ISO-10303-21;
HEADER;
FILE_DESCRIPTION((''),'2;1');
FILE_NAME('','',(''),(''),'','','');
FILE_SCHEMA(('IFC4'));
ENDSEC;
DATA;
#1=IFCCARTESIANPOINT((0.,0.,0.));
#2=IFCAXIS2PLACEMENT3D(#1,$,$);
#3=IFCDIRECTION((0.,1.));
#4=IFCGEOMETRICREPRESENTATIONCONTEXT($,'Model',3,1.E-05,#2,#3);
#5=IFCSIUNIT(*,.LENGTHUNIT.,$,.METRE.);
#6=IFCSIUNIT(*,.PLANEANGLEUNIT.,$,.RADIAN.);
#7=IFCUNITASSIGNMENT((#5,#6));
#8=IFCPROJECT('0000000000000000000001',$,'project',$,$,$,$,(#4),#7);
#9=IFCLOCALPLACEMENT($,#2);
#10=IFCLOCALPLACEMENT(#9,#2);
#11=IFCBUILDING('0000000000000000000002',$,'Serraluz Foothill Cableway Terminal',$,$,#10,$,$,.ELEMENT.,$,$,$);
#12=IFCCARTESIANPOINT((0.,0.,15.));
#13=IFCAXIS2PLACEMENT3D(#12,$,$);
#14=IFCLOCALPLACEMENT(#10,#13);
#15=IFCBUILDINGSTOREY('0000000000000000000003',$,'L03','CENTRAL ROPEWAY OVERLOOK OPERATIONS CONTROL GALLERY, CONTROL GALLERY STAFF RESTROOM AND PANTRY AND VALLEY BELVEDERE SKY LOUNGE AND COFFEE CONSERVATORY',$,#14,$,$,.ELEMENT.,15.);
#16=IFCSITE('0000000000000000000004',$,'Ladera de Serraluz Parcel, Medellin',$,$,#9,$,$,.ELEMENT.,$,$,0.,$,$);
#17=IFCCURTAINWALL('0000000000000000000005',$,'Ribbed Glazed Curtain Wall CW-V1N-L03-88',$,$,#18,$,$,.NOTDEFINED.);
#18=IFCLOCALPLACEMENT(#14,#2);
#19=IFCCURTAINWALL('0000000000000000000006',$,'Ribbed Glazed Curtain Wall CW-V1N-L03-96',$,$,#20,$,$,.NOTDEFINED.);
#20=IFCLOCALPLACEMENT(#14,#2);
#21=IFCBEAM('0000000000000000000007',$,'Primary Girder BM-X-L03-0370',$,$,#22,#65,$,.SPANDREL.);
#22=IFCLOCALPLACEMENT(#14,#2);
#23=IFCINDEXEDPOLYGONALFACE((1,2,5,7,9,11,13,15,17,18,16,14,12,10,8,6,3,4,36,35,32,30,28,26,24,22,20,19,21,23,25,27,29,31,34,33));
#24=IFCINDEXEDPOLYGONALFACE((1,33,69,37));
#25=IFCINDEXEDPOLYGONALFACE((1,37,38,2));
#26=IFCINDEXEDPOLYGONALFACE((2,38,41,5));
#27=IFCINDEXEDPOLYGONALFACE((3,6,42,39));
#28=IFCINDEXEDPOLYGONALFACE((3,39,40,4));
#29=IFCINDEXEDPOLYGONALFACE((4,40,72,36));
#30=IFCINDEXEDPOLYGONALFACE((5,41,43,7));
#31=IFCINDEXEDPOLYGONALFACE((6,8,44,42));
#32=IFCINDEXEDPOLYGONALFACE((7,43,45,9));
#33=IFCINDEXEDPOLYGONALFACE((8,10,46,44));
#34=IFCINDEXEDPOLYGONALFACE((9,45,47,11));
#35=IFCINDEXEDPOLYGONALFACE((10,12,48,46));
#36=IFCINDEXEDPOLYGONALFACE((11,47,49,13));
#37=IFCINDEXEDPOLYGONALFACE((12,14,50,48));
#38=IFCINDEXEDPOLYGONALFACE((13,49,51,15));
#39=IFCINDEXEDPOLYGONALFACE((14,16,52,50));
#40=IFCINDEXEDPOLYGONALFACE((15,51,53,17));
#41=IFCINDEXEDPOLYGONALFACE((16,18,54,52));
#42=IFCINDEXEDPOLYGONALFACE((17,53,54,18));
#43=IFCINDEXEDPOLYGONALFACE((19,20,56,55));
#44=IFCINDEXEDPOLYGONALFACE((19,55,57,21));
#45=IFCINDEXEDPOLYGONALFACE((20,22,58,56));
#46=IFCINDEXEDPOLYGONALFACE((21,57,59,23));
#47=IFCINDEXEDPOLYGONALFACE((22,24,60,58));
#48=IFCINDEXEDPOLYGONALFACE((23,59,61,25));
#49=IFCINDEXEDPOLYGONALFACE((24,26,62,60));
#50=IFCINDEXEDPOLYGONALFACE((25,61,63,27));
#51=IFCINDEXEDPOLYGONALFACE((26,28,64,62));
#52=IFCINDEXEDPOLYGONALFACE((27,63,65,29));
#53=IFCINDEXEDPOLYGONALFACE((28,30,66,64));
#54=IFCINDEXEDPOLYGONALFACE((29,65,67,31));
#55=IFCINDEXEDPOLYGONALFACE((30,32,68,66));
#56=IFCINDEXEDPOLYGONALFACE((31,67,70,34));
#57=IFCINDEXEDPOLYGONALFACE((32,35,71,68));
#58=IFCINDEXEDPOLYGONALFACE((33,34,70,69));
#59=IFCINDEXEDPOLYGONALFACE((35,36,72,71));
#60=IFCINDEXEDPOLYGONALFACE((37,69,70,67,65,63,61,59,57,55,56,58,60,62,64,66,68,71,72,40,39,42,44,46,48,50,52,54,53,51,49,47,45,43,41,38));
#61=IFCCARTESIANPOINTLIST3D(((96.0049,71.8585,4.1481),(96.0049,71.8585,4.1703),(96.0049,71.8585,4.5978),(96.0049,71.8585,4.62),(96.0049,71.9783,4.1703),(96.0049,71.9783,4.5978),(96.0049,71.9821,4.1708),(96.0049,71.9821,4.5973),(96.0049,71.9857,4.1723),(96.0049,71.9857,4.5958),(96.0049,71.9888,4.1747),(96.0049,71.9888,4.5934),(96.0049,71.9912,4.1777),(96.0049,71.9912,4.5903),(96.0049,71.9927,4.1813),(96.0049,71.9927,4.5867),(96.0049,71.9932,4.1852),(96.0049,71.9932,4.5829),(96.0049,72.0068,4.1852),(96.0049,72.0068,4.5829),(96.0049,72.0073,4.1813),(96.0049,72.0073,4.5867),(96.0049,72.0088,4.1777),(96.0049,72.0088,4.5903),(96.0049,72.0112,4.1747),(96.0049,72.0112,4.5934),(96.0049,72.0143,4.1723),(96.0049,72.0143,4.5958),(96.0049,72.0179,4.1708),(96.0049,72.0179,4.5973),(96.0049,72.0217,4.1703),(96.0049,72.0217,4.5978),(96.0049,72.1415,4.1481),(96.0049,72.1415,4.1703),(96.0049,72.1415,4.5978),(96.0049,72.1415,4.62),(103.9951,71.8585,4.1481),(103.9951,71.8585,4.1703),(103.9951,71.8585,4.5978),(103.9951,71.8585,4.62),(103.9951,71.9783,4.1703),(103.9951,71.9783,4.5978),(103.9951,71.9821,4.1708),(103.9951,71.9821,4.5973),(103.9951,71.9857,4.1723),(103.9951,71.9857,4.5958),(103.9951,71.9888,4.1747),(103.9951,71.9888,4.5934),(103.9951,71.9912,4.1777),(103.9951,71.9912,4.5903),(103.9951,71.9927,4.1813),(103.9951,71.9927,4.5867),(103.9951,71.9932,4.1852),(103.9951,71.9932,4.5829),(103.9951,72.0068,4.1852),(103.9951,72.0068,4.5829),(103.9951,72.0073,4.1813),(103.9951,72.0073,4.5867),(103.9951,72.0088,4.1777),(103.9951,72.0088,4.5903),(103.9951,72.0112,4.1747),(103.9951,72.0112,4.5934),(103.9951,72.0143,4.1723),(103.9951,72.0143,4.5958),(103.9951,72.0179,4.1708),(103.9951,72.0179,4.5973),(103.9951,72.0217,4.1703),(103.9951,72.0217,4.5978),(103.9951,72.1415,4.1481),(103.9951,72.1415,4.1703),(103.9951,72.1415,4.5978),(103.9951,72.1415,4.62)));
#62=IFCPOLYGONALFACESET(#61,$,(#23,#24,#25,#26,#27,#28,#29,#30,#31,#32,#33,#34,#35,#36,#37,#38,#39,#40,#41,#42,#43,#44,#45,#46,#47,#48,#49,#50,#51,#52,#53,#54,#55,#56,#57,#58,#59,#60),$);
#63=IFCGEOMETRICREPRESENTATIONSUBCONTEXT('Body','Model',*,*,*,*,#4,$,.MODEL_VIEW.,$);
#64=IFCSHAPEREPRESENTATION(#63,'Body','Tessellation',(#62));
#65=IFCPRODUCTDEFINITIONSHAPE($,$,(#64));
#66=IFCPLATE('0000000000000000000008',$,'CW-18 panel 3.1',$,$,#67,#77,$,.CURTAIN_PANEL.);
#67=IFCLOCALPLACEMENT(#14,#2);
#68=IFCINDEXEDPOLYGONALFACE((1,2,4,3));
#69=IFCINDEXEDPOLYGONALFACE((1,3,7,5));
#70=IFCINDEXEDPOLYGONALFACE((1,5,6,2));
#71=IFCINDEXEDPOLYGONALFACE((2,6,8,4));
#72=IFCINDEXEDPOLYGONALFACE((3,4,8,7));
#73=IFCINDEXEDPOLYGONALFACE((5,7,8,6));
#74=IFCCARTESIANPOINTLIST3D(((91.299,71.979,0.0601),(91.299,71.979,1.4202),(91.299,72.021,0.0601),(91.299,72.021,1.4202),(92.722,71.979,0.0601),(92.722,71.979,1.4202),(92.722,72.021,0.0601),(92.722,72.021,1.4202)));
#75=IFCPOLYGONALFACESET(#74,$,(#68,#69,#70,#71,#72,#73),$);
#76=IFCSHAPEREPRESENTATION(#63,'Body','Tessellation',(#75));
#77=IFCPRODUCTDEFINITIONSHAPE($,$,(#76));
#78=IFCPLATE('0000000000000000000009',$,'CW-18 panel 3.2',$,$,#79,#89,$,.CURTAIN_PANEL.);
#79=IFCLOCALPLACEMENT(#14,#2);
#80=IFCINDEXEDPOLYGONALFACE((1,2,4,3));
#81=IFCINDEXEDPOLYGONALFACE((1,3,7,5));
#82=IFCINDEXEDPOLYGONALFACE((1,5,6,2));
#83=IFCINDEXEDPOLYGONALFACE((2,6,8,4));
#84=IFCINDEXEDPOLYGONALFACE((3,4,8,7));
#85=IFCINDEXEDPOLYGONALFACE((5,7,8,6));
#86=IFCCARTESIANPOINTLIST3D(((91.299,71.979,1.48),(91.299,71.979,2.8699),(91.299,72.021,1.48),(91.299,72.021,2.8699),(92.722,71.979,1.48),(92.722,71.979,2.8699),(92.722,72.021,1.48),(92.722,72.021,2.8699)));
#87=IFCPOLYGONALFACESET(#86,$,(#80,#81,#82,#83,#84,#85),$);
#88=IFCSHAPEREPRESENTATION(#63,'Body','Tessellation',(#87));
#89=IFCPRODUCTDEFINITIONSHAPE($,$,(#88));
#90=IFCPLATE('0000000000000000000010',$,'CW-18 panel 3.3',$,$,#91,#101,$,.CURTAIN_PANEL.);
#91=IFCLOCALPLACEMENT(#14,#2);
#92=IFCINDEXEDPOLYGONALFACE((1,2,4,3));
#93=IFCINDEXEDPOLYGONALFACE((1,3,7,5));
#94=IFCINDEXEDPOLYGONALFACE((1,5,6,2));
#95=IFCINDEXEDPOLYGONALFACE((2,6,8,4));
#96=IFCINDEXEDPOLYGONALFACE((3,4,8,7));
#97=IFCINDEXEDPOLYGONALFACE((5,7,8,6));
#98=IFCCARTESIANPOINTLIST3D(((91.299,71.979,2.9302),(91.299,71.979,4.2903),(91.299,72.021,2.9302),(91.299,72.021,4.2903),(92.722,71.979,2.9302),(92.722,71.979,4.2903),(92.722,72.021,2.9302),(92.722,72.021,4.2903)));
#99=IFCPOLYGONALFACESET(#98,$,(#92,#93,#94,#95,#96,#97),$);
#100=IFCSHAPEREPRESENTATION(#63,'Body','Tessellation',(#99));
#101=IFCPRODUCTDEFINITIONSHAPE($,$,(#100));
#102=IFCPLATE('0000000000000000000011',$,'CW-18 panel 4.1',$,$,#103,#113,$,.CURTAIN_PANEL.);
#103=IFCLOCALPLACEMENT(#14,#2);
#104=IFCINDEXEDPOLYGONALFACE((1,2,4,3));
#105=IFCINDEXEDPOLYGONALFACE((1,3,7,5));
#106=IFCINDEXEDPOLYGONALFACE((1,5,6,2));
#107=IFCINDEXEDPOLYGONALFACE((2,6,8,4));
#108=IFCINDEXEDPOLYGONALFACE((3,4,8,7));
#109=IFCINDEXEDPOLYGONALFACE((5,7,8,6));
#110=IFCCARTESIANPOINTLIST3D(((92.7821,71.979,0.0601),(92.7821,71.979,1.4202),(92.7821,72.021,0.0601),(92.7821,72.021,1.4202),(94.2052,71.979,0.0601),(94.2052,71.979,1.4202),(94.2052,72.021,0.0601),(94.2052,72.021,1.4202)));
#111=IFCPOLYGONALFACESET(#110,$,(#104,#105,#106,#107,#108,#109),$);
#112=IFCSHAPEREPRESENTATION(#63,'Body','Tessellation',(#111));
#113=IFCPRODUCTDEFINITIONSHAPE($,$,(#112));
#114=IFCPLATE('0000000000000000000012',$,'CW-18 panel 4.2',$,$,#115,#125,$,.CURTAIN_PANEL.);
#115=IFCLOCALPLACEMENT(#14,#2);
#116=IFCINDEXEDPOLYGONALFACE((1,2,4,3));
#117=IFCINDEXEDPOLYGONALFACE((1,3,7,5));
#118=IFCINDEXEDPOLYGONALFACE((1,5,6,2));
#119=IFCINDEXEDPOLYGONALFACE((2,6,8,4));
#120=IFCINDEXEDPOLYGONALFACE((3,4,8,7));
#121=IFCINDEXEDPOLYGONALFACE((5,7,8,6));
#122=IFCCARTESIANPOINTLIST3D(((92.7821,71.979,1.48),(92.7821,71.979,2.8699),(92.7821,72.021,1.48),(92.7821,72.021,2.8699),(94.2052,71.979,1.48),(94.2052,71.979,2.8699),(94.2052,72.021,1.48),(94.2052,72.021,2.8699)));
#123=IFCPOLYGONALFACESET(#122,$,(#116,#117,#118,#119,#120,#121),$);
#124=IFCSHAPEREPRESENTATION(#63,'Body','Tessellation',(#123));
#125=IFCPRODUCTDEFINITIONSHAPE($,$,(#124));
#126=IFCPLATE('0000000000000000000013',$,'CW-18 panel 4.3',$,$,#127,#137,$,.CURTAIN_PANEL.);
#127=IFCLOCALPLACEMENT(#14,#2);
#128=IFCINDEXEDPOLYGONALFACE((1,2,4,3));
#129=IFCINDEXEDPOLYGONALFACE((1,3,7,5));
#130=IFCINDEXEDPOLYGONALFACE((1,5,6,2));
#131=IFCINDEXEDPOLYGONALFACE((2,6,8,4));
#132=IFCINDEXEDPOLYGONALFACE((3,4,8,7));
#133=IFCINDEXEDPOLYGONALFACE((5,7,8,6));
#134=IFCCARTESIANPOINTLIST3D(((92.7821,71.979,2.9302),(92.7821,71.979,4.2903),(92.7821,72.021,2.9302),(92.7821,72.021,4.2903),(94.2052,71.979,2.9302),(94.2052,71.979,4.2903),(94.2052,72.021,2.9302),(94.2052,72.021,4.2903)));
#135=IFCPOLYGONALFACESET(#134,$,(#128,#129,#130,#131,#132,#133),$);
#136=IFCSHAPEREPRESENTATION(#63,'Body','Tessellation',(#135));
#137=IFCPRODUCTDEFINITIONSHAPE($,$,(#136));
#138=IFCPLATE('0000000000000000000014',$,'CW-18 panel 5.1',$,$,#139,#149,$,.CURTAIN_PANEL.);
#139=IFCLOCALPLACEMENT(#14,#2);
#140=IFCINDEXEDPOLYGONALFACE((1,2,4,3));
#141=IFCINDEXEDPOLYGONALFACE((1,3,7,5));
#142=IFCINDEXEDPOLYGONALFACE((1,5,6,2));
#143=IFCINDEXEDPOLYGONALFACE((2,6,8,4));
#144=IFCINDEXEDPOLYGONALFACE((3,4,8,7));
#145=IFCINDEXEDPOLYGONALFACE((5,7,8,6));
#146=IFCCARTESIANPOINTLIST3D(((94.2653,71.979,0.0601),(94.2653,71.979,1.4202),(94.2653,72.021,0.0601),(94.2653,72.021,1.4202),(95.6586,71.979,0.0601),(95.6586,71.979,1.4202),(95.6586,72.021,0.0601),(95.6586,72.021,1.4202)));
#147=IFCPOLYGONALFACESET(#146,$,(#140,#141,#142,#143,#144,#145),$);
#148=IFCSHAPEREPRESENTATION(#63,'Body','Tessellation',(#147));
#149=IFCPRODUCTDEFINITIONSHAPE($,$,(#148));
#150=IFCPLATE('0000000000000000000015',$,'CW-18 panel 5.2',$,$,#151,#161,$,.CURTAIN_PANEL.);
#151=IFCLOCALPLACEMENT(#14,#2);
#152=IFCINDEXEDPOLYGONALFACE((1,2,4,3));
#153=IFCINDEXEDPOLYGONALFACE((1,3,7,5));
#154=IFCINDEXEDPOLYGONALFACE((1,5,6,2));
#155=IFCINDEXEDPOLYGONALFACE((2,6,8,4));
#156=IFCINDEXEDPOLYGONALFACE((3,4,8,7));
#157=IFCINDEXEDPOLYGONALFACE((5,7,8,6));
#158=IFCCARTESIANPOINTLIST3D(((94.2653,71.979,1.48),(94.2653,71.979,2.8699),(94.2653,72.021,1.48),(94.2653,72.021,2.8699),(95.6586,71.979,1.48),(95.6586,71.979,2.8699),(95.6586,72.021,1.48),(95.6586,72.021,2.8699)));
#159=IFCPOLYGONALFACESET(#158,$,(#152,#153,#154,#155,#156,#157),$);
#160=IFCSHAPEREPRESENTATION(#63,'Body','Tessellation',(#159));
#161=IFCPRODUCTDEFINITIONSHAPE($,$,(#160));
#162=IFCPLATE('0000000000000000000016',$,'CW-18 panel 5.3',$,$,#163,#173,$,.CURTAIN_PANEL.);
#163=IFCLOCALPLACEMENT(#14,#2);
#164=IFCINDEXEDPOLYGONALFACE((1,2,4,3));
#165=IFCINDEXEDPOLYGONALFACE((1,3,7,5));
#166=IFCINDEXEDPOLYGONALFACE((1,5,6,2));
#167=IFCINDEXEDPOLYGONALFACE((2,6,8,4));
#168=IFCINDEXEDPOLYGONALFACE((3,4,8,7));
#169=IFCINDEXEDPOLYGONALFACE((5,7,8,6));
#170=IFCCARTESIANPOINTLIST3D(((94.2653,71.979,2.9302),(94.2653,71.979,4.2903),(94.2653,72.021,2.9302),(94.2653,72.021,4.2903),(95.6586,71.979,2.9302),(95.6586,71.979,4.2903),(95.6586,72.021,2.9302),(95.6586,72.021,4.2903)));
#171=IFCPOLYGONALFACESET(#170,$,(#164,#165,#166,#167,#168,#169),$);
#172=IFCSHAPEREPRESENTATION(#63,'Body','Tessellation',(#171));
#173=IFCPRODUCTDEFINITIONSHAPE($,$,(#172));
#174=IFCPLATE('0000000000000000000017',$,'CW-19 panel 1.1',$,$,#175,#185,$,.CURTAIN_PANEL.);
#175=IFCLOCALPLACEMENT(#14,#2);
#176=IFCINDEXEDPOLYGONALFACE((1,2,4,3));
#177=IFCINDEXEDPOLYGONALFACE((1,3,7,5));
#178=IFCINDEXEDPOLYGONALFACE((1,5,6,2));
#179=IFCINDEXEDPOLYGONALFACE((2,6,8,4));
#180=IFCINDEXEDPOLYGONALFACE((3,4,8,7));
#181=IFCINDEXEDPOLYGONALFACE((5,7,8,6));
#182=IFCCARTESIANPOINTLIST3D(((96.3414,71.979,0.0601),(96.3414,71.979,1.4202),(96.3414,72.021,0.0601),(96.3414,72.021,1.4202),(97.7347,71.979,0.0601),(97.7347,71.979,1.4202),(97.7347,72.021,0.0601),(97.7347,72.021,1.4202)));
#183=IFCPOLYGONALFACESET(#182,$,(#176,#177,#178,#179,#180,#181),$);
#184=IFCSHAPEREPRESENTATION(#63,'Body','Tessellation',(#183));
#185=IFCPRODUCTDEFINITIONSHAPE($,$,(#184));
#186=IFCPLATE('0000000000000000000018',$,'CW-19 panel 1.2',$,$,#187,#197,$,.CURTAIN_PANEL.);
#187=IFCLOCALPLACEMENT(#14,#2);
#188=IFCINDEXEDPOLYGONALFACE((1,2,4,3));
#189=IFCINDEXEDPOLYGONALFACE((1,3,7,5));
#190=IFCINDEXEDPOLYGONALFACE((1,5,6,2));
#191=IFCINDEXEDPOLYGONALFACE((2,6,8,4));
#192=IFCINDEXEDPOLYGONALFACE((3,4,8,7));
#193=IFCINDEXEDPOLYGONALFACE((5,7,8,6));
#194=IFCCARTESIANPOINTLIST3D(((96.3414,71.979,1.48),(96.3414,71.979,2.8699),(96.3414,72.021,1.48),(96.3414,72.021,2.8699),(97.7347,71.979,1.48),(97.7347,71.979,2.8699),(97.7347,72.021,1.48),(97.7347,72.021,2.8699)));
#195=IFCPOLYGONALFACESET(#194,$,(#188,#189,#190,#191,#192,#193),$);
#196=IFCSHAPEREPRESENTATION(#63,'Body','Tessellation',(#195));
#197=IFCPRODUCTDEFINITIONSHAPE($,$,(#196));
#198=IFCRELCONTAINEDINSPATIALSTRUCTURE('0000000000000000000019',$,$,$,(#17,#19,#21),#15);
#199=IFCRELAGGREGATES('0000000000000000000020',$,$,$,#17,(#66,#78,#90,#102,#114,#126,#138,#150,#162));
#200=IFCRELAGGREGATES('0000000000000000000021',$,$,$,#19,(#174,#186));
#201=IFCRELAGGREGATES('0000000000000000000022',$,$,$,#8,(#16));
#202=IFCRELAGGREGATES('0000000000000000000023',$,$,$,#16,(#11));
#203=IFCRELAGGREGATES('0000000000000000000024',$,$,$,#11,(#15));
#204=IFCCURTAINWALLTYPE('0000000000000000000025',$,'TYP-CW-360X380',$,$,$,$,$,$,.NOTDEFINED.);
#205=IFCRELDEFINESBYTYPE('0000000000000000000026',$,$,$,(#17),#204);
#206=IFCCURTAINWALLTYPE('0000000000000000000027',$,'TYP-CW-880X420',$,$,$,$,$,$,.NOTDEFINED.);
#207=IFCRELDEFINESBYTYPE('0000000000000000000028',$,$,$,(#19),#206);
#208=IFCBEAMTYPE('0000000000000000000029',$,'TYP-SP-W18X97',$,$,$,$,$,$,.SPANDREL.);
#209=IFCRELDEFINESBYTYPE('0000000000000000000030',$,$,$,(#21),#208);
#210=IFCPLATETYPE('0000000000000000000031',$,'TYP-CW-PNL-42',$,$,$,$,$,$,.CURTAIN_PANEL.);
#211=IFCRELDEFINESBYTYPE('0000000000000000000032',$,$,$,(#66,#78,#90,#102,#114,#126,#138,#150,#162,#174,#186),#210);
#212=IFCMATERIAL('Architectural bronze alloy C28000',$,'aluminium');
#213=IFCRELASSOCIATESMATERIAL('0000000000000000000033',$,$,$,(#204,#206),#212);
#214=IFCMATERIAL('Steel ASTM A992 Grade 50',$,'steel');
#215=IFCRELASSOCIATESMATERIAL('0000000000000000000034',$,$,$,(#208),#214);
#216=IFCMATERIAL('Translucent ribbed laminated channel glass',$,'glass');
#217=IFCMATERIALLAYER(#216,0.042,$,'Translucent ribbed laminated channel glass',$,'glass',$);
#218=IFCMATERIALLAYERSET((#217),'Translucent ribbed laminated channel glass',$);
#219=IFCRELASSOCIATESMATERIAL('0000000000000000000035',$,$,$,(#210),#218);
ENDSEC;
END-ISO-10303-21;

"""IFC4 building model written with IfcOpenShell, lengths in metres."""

from ifc_helpers import new_model, si_unit, direction, frame, origin, origin_2d, place, context, subcontext, project, spatial, rectangle, i_section, extrude, material, layer, layer_set, material_profile, profile_set, type_object, element, aggregate, save


model = new_model("IFC4")

# Units and contexts
model_context = context("Model", 3, precision=1e-05, world=origin(), true_north=direction((0.0, 1.0)))
body_context = subcontext(model_context, "Body", "Model", "MODEL_VIEW")
ifc_project = project(units=[si_unit("LENGTHUNIT", "METRE"), si_unit("PLANEANGLEUNIT", "RADIAN")], contexts=[model_context])

# Site, building, storey
site_placement = place(None, origin())
site = spatial("IfcSite", under=ifc_project, at=site_placement, Name="Ladera de Serraluz Parcel, Medellin", CompositionType="ELEMENT", RefElevation=0.0)
building_placement = place(site_placement, origin())
building = spatial("IfcBuilding", under=site, at=building_placement, Name="Serraluz Foothill Cableway Terminal", CompositionType="ELEMENT")
storey_placement = place(building_placement, frame((0.0, 0.0, 15.0)))
storey = spatial("IfcBuildingStorey", under=building, at=storey_placement, Name="L03", Description="CENTRAL ROPEWAY OVERLOOK OPERATIONS CONTROL GALLERY, CONTROL GALLERY STAFF RESTROOM AND PANTRY AND VALLEY BELVEDERE SKY LOUNGE AND COFFEE CONSERVATORY", CompositionType="ELEMENT", Elevation=15.0)

# Shared definitions
ifc_material_1 = material(Name="Steel ASTM A992 Grade 50", Category="steel")

# Curtain walls
ifc_material_2 = material(Name="Architectural bronze alloy C28000", Category="aluminium")
curtain_wall_type_1 = type_object("IfcCurtainWallType", Name="TYP-CW-360X380", PredefinedType="NOTDEFINED", material=ifc_material_2)
curtain_wall_1_placement = place(storey_placement, origin())
curtain_wall_1 = element("IfcCurtainWall", 1, at=curtain_wall_1_placement, inside=storey, type_object=curtain_wall_type_1, Name="Ribbed Glazed Curtain Wall CW-V1N-L03-88", PredefinedType="NOTDEFINED")
curtain_wall_type_2 = type_object("IfcCurtainWallType", Name="TYP-CW-880X420", PredefinedType="NOTDEFINED", material=ifc_material_2)
curtain_wall_2_placement = place(storey_placement, origin())
curtain_wall_2 = element("IfcCurtainWall", 2, at=curtain_wall_2_placement, inside=storey, type_object=curtain_wall_type_2, Name="Ribbed Glazed Curtain Wall CW-V1N-L03-96", PredefinedType="NOTDEFINED")

# Beam
ifc_material_profile_1 = material_profile(ifc_material_1, i_section(OverallWidth=0.283, OverallDepth=0.4719, WebThickness=0.0137, FlangeThickness=0.0222, FilletRadius=0.0149, at=origin_2d()), Name="W18X97")
ifc_profile_set_1 = profile_set([ifc_material_profile_1], Name="Steel ASTM A992 Grade 50")
beam_type = type_object("IfcBeamType", Name="TYP-SP-W18X97", PredefinedType="SPANDREL", material=ifc_profile_set_1)
beam_placement = place(storey_placement, frame((96.0049, 72.0, 4.384), z_axis=(1.0, 0.0, 0.0), x_axis=(0.0, 1.0, 0.0)))
element("IfcBeam", 3, at=beam_placement, inside=storey, type_object=beam_type, Name="Primary Girder BM-X-L03-0370", PredefinedType="SPANDREL", context=body_context, shape_type="SweptSolid", body=[
    extrude(i_section(OverallWidth=0.283, OverallDepth=0.4719, WebThickness=0.0137, FlangeThickness=0.0222, FilletRadius=0.0149, at=origin_2d()), origin(), (0.0, 0.0, 1.0), 7.9902),
])

# Plates
ifc_material_3 = material(Name="Translucent ribbed laminated channel glass", Category="glass")
ifc_layer = layer(ifc_material_3, 0.042, Name="Translucent ribbed laminated channel glass", Category="glass")
ifc_layer_set = layer_set([ifc_layer], Name="Translucent ribbed laminated channel glass")
plate_type = type_object("IfcPlateType", Name="TYP-CW-PNL-42", PredefinedType="CURTAIN_PANEL", material=ifc_layer_set)
plate_1_placement = place(storey_placement, frame((92.0105, 72.0, 0.0601), z_axis=(0.0, 0.0, 1.0), x_axis=(1.0, 0.0, 0.0)))
plate_1 = element("IfcPlate", 4, at=plate_1_placement, type_object=plate_type, Name="CW-18 panel 3.1", PredefinedType="CURTAIN_PANEL", context=body_context, shape_type="SweptSolid", body=[
    extrude(rectangle(XDim=1.4231, YDim=0.042, at=origin_2d()), origin(), (0.0, 0.0, 1.0), 1.3601),
])
plate_2_placement = place(storey_placement, frame((92.0105, 72.0, 1.48), z_axis=(0.0, 0.0, 1.0), x_axis=(1.0, 0.0, 0.0)))
plate_2 = element("IfcPlate", 5, at=plate_2_placement, type_object=plate_type, Name="CW-18 panel 3.2", PredefinedType="CURTAIN_PANEL", context=body_context, shape_type="SweptSolid", body=[
    extrude(rectangle(XDim=1.4231, YDim=0.042, at=origin_2d()), origin(), (0.0, 0.0, 1.0), 1.3899),
])
plate_3_placement = place(storey_placement, frame((92.0105, 72.0, 2.9302), z_axis=(0.0, 0.0, 1.0), x_axis=(1.0, 0.0, 0.0)))
plate_3 = element("IfcPlate", 6, at=plate_3_placement, type_object=plate_type, Name="CW-18 panel 3.3", PredefinedType="CURTAIN_PANEL", context=body_context, shape_type="SweptSolid", body=[
    extrude(rectangle(XDim=1.4231, YDim=0.042, at=origin_2d()), origin(), (0.0, 0.0, 1.0), 1.3601),
])
plate_4_placement = place(storey_placement, frame((93.4937, 72.0, 0.0601), z_axis=(0.0, 0.0, 1.0), x_axis=(1.0, 0.0, 0.0)))
plate_4 = element("IfcPlate", 7, at=plate_4_placement, type_object=plate_type, Name="CW-18 panel 4.1", PredefinedType="CURTAIN_PANEL", context=body_context, shape_type="SweptSolid", body=[
    extrude(rectangle(XDim=1.4231, YDim=0.042, at=origin_2d()), origin(), (0.0, 0.0, 1.0), 1.3601),
])
plate_5_placement = place(storey_placement, frame((93.4937, 72.0, 1.48), z_axis=(0.0, 0.0, 1.0), x_axis=(1.0, 0.0, 0.0)))
plate_5 = element("IfcPlate", 8, at=plate_5_placement, type_object=plate_type, Name="CW-18 panel 4.2", PredefinedType="CURTAIN_PANEL", context=body_context, shape_type="SweptSolid", body=[
    extrude(rectangle(XDim=1.4231, YDim=0.042, at=origin_2d()), origin(), (0.0, 0.0, 1.0), 1.3899),
])
plate_6_placement = place(storey_placement, frame((93.4937, 72.0, 2.9302), z_axis=(0.0, 0.0, 1.0), x_axis=(1.0, 0.0, 0.0)))
plate_6 = element("IfcPlate", 9, at=plate_6_placement, type_object=plate_type, Name="CW-18 panel 4.3", PredefinedType="CURTAIN_PANEL", context=body_context, shape_type="SweptSolid", body=[
    extrude(rectangle(XDim=1.4231, YDim=0.042, at=origin_2d()), origin(), (0.0, 0.0, 1.0), 1.3601),
])
plate_7_placement = place(storey_placement, frame((94.9619, 72.0, 0.0601), z_axis=(0.0, 0.0, 1.0), x_axis=(1.0, 0.0, 0.0)))
plate_7 = element("IfcPlate", 10, at=plate_7_placement, type_object=plate_type, Name="CW-18 panel 5.1", PredefinedType="CURTAIN_PANEL", context=body_context, shape_type="SweptSolid", body=[
    extrude(rectangle(XDim=1.3933, YDim=0.042, at=origin_2d()), origin(), (0.0, 0.0, 1.0), 1.3601),
])
plate_8_placement = place(storey_placement, frame((94.9619, 72.0, 1.48), z_axis=(0.0, 0.0, 1.0), x_axis=(1.0, 0.0, 0.0)))
plate_8 = element("IfcPlate", 11, at=plate_8_placement, type_object=plate_type, Name="CW-18 panel 5.2", PredefinedType="CURTAIN_PANEL", context=body_context, shape_type="SweptSolid", body=[
    extrude(rectangle(XDim=1.3933, YDim=0.042, at=origin_2d()), origin(), (0.0, 0.0, 1.0), 1.3899),
])
plate_9_placement = place(storey_placement, frame((94.9619, 72.0, 2.9302), z_axis=(0.0, 0.0, 1.0), x_axis=(1.0, 0.0, 0.0)))
plate_9 = element("IfcPlate", 12, at=plate_9_placement, type_object=plate_type, Name="CW-18 panel 5.3", PredefinedType="CURTAIN_PANEL", context=body_context, shape_type="SweptSolid", body=[
    extrude(rectangle(XDim=1.3933, YDim=0.042, at=origin_2d()), origin(), (0.0, 0.0, 1.0), 1.3601),
])
aggregate(curtain_wall_1, [plate_1, plate_2, plate_3, plate_4, plate_5, plate_6, plate_7, plate_8, plate_9])
plate_10_placement = place(storey_placement, frame((97.0381, 72.0, 0.0601), z_axis=(0.0, 0.0, 1.0), x_axis=(1.0, 0.0, 0.0)))
plate_10 = element("IfcPlate", 13, at=plate_10_placement, type_object=plate_type, Name="CW-19 panel 1.1", PredefinedType="CURTAIN_PANEL", context=body_context, shape_type="SweptSolid", body=[
    extrude(rectangle(XDim=1.3933, YDim=0.042, at=origin_2d()), origin(), (0.0, 0.0, 1.0), 1.3601),
])
plate_11_placement = place(storey_placement, frame((97.0381, 72.0, 1.48), z_axis=(0.0, 0.0, 1.0), x_axis=(1.0, 0.0, 0.0)))
plate_11 = element("IfcPlate", 14, at=plate_11_placement, type_object=plate_type, Name="CW-19 panel 1.2", PredefinedType="CURTAIN_PANEL", context=body_context, shape_type="SweptSolid", body=[
    extrude(rectangle(XDim=1.3933, YDim=0.042, at=origin_2d()), origin(), (0.0, 0.0, 1.0), 1.3899),
])
aggregate(curtain_wall_2, [plate_10, plate_11])

save(model, "model.ifc")
